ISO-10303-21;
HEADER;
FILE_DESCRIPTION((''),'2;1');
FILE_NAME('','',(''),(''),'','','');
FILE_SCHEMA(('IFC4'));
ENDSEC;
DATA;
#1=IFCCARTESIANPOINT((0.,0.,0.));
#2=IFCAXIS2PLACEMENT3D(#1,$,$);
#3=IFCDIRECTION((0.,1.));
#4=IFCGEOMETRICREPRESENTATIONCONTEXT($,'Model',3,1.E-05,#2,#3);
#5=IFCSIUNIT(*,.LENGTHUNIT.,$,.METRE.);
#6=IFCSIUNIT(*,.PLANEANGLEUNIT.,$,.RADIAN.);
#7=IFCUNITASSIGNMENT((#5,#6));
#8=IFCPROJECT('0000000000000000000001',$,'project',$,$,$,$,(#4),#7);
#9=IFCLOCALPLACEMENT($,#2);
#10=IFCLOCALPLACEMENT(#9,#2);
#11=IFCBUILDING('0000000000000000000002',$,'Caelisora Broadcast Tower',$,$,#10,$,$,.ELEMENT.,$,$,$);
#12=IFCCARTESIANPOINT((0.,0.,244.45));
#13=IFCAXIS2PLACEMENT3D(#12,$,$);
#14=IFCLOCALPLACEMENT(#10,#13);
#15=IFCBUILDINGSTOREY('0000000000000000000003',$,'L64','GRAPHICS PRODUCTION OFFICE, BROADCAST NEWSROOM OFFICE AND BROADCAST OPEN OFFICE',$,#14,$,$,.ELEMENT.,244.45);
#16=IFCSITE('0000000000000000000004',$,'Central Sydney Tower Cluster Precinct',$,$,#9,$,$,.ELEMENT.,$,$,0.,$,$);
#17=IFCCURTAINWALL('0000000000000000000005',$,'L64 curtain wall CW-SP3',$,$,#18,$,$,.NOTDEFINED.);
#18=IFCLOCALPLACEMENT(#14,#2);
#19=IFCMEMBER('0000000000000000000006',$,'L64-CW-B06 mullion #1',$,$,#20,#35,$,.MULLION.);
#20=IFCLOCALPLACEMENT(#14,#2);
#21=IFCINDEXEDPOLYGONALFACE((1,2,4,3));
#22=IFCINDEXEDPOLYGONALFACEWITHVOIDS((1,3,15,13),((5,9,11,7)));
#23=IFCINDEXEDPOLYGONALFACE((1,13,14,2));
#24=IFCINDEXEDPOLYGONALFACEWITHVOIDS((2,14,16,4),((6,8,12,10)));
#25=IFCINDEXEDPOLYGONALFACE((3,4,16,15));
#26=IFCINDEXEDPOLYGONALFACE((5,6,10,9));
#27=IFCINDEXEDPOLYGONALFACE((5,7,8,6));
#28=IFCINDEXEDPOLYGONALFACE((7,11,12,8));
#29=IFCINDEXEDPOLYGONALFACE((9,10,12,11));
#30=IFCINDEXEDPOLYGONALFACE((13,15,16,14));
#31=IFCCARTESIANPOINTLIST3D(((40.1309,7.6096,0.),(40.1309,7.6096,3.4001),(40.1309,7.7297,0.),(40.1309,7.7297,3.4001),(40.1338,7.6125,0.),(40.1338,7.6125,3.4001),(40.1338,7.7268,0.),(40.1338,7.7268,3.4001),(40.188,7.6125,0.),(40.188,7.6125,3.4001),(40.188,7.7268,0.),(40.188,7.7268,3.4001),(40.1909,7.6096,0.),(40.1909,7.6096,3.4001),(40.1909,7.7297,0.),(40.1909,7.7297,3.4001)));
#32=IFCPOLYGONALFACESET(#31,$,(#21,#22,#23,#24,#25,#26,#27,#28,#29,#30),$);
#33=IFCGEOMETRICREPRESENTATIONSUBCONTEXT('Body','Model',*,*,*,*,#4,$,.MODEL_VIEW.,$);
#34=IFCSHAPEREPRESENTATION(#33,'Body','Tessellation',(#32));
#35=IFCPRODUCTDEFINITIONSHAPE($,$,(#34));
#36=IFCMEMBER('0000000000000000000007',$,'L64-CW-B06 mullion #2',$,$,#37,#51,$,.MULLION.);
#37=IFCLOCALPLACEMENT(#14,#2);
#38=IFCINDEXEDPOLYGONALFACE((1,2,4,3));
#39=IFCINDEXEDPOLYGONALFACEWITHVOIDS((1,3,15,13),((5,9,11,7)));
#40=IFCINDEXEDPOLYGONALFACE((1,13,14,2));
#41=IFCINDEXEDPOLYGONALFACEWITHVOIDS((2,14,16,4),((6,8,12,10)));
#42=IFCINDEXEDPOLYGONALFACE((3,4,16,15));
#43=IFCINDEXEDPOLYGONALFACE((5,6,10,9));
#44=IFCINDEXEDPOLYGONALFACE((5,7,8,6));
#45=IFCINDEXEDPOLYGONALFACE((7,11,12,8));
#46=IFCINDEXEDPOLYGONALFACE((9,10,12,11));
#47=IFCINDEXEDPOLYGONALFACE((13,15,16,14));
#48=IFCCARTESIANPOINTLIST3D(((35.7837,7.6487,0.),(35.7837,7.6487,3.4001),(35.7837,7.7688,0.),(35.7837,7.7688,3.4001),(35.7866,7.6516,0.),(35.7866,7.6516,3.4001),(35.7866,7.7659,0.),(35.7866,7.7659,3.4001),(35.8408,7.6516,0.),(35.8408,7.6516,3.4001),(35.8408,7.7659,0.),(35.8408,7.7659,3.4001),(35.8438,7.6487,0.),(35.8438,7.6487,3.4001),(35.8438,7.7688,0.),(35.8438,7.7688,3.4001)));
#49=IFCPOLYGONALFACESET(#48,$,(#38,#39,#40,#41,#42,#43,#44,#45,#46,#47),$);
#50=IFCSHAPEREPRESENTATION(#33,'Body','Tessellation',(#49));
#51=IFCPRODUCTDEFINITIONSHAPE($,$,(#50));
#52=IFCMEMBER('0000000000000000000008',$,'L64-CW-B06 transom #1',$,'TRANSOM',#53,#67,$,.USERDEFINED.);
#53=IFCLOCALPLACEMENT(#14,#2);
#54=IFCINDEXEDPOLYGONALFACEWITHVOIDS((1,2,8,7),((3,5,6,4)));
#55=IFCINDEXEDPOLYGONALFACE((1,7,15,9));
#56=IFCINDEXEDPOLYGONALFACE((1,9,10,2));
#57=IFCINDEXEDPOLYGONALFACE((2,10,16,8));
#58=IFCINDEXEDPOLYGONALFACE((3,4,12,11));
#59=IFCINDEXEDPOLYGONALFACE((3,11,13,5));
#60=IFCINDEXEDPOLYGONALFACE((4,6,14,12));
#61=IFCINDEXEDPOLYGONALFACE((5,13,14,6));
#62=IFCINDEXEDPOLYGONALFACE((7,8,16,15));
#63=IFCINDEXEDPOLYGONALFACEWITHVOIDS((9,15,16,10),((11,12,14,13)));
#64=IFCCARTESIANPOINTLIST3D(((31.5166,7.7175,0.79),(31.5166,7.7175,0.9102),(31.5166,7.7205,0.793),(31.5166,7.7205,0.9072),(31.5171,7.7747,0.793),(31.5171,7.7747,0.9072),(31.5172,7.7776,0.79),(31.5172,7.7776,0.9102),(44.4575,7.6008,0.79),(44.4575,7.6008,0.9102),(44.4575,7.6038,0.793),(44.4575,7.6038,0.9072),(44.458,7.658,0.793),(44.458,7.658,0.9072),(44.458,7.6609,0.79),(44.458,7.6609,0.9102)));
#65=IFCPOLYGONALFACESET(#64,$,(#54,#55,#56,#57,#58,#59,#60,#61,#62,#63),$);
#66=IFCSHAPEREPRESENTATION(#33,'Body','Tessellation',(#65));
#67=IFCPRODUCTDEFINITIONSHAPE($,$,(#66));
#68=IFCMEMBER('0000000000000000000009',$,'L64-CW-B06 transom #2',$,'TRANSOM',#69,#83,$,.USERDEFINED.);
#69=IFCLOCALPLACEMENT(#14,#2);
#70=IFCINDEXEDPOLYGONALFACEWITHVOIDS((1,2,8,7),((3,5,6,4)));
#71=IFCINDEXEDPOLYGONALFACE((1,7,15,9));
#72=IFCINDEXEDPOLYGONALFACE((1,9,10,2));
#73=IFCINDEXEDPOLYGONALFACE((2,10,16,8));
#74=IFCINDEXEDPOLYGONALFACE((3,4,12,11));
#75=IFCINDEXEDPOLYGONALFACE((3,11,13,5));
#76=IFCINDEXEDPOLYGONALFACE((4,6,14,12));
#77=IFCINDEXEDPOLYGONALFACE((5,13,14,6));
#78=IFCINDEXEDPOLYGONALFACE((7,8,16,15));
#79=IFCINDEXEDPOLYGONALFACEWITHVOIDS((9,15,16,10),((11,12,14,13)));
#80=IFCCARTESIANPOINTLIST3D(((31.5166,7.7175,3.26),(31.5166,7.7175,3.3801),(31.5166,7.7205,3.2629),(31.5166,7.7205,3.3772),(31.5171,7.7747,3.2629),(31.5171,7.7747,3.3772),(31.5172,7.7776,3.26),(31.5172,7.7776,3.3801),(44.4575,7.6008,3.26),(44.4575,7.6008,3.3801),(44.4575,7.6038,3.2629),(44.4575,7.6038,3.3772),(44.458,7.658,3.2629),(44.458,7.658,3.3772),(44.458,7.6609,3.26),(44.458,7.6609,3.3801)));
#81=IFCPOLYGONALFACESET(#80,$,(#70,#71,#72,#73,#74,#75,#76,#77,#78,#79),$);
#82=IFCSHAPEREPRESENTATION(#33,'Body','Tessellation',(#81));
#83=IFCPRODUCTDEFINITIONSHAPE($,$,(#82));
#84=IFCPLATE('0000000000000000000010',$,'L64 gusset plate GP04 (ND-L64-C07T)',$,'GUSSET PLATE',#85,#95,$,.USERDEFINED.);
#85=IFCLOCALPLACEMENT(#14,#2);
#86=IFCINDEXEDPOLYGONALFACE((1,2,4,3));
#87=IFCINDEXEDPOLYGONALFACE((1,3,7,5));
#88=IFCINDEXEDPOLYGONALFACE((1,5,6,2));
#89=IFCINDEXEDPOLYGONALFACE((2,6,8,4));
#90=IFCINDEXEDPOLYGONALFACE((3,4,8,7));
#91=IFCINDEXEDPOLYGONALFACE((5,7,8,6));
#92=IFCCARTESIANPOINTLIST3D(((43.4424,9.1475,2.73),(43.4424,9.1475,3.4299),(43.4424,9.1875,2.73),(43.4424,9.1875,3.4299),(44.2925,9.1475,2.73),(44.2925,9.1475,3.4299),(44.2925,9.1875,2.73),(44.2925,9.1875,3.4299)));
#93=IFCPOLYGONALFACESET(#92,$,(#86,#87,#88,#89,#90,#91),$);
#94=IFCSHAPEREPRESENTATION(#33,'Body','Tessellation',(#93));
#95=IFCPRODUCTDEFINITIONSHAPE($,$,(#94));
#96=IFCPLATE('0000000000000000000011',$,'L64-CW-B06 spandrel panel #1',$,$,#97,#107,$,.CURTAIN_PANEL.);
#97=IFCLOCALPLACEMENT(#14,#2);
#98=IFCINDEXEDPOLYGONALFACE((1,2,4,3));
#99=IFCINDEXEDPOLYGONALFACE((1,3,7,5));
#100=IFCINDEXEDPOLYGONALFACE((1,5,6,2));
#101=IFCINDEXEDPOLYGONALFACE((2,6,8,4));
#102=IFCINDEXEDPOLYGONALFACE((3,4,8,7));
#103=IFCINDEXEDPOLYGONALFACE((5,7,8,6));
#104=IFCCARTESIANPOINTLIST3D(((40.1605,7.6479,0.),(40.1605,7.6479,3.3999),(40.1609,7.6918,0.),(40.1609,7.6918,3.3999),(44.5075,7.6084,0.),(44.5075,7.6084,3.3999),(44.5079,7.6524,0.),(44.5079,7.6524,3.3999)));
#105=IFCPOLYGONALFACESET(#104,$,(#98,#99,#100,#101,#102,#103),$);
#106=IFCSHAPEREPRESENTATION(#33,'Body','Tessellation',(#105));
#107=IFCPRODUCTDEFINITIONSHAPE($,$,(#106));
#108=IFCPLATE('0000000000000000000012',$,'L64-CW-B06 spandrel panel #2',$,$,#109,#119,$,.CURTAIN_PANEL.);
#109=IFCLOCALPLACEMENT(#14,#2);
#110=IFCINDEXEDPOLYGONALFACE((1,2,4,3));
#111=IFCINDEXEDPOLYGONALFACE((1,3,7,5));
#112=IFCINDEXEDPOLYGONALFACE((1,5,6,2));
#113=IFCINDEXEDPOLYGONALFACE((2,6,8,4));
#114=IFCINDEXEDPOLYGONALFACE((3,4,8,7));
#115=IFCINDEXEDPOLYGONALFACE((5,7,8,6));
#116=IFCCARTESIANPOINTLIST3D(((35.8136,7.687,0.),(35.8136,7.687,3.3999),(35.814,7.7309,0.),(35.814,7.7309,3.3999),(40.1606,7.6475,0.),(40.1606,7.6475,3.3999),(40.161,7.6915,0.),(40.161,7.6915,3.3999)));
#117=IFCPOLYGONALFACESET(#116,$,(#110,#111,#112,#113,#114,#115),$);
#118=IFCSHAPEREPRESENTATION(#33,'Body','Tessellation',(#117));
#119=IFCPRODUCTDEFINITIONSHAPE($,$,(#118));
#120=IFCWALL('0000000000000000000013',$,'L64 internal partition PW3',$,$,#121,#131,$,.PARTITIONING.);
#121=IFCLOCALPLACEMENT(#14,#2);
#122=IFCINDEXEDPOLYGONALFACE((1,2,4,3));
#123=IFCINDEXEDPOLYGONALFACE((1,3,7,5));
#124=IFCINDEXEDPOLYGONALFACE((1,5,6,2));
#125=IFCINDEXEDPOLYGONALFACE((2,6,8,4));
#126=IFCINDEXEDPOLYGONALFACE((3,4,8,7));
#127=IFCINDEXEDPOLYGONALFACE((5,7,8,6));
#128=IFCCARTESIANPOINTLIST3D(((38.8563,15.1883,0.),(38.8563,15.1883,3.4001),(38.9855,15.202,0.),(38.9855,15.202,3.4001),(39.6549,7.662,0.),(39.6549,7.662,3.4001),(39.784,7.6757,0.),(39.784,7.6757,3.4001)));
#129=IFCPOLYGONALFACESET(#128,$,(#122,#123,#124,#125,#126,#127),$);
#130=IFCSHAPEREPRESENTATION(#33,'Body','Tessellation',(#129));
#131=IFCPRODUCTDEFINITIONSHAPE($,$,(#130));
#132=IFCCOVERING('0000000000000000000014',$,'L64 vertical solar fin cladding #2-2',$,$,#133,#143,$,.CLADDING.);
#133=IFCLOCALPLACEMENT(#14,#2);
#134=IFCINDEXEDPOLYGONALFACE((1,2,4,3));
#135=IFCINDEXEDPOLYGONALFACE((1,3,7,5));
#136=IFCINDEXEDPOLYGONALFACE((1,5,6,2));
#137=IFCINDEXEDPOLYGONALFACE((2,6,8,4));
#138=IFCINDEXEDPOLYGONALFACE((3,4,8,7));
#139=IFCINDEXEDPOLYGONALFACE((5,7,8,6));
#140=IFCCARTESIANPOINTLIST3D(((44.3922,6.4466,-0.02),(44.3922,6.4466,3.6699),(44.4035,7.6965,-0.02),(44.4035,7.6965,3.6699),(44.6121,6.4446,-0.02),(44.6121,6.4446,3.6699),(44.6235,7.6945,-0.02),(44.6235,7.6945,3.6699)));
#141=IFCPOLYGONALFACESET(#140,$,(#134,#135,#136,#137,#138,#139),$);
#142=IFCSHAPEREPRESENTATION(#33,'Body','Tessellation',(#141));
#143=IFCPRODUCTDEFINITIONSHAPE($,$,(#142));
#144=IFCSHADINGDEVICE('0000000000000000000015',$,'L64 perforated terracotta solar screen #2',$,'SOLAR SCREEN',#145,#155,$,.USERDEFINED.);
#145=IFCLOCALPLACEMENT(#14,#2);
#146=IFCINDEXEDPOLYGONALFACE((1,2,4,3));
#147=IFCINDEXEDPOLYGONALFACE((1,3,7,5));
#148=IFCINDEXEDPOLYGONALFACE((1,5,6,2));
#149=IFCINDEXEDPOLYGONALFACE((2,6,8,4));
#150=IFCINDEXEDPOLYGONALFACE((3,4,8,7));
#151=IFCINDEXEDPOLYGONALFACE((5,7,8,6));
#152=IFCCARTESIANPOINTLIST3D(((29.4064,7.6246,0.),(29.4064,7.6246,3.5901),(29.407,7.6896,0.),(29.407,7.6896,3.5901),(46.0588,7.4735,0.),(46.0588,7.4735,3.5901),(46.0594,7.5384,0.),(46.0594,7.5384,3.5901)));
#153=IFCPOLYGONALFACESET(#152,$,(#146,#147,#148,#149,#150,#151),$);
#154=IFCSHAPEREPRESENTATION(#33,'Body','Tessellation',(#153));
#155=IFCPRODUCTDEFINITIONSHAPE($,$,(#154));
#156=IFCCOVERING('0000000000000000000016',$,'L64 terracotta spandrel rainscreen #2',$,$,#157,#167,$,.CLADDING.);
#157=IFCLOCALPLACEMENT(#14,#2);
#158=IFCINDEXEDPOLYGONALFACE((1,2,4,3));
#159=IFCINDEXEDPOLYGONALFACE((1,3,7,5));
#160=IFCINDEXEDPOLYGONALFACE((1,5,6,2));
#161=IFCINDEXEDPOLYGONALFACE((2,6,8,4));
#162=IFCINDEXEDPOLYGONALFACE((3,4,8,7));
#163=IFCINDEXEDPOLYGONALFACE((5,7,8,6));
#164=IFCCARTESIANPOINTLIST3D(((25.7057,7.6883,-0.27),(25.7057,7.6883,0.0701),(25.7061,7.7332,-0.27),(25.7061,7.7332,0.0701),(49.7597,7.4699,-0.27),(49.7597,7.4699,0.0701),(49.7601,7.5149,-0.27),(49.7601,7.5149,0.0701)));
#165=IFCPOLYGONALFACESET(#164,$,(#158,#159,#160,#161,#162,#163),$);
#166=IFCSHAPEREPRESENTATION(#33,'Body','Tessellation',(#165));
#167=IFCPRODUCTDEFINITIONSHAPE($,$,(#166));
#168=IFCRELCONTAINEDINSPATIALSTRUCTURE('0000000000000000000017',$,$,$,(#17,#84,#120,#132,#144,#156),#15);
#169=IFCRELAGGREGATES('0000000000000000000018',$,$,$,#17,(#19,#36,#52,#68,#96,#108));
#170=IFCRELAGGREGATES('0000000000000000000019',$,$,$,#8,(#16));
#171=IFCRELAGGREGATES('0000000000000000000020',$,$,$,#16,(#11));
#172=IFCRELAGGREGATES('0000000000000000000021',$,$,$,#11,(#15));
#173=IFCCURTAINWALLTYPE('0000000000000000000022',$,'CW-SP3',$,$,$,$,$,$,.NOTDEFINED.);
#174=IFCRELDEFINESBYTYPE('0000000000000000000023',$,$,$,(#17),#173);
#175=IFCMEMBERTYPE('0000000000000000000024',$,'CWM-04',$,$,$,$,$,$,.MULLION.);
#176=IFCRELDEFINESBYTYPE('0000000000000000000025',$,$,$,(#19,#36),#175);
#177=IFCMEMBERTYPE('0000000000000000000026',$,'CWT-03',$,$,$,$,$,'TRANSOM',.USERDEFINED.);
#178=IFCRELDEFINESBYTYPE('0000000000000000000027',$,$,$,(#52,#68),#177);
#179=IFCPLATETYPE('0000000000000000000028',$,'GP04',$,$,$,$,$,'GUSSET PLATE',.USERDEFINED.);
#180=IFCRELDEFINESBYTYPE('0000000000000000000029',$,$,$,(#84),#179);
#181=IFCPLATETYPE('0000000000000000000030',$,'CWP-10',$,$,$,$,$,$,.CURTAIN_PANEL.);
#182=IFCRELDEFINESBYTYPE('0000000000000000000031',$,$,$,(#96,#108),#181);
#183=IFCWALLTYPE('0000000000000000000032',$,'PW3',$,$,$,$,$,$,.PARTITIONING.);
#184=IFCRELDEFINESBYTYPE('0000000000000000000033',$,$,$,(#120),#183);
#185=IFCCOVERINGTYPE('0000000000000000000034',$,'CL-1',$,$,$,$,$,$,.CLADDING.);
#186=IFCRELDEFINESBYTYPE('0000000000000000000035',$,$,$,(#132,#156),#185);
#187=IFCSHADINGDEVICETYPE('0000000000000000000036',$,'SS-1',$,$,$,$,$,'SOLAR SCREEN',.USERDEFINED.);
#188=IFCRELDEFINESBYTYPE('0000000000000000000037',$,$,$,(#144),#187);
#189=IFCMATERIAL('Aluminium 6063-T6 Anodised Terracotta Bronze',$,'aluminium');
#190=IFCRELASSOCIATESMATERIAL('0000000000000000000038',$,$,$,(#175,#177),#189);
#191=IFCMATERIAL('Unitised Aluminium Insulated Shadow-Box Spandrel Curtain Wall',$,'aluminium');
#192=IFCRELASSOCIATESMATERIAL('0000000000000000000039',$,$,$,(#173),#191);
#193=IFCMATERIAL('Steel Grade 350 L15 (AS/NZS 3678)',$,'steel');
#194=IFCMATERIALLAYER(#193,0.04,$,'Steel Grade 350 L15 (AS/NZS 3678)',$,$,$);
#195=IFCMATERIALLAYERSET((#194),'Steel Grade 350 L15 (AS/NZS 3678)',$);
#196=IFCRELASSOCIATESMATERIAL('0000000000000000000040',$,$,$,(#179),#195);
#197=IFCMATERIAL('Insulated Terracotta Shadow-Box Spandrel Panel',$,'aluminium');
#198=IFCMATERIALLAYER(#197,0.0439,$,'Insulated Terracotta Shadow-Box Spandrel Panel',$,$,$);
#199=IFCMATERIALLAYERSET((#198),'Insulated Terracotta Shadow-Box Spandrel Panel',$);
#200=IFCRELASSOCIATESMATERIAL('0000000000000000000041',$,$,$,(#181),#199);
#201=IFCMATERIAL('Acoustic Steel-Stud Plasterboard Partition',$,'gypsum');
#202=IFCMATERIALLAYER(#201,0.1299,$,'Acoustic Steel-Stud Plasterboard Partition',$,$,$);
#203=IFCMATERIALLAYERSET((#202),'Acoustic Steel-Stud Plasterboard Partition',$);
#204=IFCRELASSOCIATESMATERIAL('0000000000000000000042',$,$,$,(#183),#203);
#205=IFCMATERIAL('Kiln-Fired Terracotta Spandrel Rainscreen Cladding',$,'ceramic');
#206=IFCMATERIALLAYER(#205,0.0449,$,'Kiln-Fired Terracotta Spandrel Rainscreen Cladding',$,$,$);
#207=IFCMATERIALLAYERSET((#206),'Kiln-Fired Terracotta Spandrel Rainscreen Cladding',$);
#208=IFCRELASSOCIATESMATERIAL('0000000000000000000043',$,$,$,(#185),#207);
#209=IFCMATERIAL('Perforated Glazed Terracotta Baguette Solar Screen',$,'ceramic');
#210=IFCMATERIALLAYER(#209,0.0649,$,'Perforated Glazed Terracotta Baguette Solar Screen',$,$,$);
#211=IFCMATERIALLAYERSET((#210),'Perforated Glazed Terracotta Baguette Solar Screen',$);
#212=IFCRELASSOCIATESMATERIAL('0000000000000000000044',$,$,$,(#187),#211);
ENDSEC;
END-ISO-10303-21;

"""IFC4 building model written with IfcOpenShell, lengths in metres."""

from ifc_helpers import new_model, si_unit, direction, frame, frame_2d, origin, origin_2d, place, context, subcontext, project, spatial, rectangle, hollow_rectangle, extrude, source, transform, mapped, material, layer, layer_set, material_profile, profile_set, type_object, type_shapes, element, aggregate, save


model = new_model("IFC4")

# Units and contexts
model_context = context("Model", 3, precision=1e-05, world=origin(), true_north=direction((0.0, 1.0)))
body_context = subcontext(model_context, "Body", "Model", "MODEL_VIEW")
ifc_project = project(units=[si_unit("LENGTHUNIT", "METRE"), si_unit("PLANEANGLEUNIT", "RADIAN")], contexts=[model_context])

# Site, building, storey
site_placement = place(None, origin())
site = spatial("IfcSite", under=ifc_project, at=site_placement, Name="Central Sydney Tower Cluster Precinct", CompositionType="ELEMENT", RefElevation=0.0)
building_placement = place(site_placement, origin())
building = spatial("IfcBuilding", under=site, at=building_placement, Name="Caelisora Broadcast Tower", CompositionType="ELEMENT")
storey_placement = place(building_placement, frame((0.0, 0.0, 244.45)))
storey = spatial("IfcBuildingStorey", under=building, at=storey_placement, Name="L64", Description="GRAPHICS PRODUCTION OFFICE, BROADCAST NEWSROOM OFFICE AND BROADCAST OPEN OFFICE", CompositionType="ELEMENT", Elevation=244.45)

# Shared definitions
ifc_material_1 = material(Name="Steel Grade 350 L15 (AS/NZS 3678)", Category="steel")

# Shared definitions
ifc_material_2 = material(Name="Aluminium 6063-T6 Anodised Terracotta Bronze", Category="aluminium")
ifc_material_profile_1 = material_profile(ifc_material_2, hollow_rectangle(XDim=0.0601, YDim=0.1201, WallThickness=0.0029, at=origin_2d()), Name="Aluminium 6063-T6 Anodised Terracotta Bronze")
ifc_profile_set_1 = profile_set([ifc_material_profile_1], Name="Aluminium 6063-T6 Anodised Terracotta Bronze")
member_type_1 = type_object("IfcMemberType", Name="CWM-04", PredefinedType="MULLION", material=ifc_profile_set_1)
shared_shape_1 = source(origin(), body_context, "Body", "SweptSolid", [
    extrude(hollow_rectangle(XDim=0.0601, YDim=0.1201, WallThickness=0.0029, at=origin_2d()), origin(), (0.0, 0.0, 1.0), 3.4001),
])
type_shapes(member_type_1, [shared_shape_1])

# Curtain wall, members
ifc_material_3 = material(Name="Unitised Aluminium Insulated Shadow-Box Spandrel Curtain Wall", Category="aluminium")
curtain_wall_type_1 = type_object("IfcCurtainWallType", Name="CW-SP3", PredefinedType="NOTDEFINED", material=ifc_material_3)
curtain_wall_1_placement = place(storey_placement, origin())
curtain_wall_1 = element("IfcCurtainWall", 1, at=curtain_wall_1_placement, inside=storey, type_object=curtain_wall_type_1, Name="L64 curtain wall CW-SP3", PredefinedType="NOTDEFINED")
member_1_placement = place(storey_placement, frame((40.1609, 7.6697, 0.0), z_axis=(0.0, 0.0, 1.0), x_axis=(1.0, 0.0, 0.0)))
member_1 = element("IfcMember", 2, at=member_1_placement, type_object=member_type_1, Name="L64-CW-B06 mullion #1", PredefinedType="MULLION", context=body_context, shape_type="MappedRepresentation", body=[
    mapped(shared_shape_1, transform((0.0, 0.0, 0.0), scale=1.0)),
])
member_2_placement = place(storey_placement, frame((35.8137, 7.7087, 0.0), z_axis=(0.0, 0.0, 1.0), x_axis=(1.0, 0.0, 0.0)))
member_2 = element("IfcMember", 3, at=member_2_placement, type_object=member_type_1, Name="L64-CW-B06 mullion #2", PredefinedType="MULLION", context=body_context, shape_type="MappedRepresentation", body=[
    mapped(shared_shape_1, transform((0.0, 0.0, 0.0), scale=1.0)),
])
ifc_material_profile_2 = material_profile(ifc_material_2, hollow_rectangle(XDim=0.0601, YDim=0.1201, WallThickness=0.0029, at=origin_2d()), Name="Aluminium 6063-T6 Anodised Terracotta Bronze")
ifc_profile_set_2 = profile_set([ifc_material_profile_2], Name="Aluminium 6063-T6 Anodised Terracotta Bronze")
member_type_2 = type_object("IfcMemberType", Name="CWT-03", ElementType="TRANSOM", PredefinedType="USERDEFINED", material=ifc_profile_set_2)
shared_shape_2 = source(origin(), body_context, "Body", "SweptSolid", [
    extrude(hollow_rectangle(XDim=0.0601, YDim=0.1201, WallThickness=0.0029, at=origin_2d()), origin(), (0.0, 0.0, 1.0), 12.9414),
])
type_shapes(member_type_2, [shared_shape_2])
member_3_placement = place(storey_placement, frame((44.4578, 7.6309, 0.8501), z_axis=(-0.999959, 0.009017, 0.0), x_axis=(-0.009017, -0.999959, 0.0)))
member_3 = element("IfcMember", 4, at=member_3_placement, type_object=member_type_2, Name="L64-CW-B06 transom #1", ObjectType="TRANSOM", PredefinedType="USERDEFINED", context=body_context, shape_type="MappedRepresentation", body=[
    mapped(shared_shape_2, transform((0.0, 0.0, 0.0), scale=1.0)),
])
member_4_placement = place(storey_placement, frame((44.4578, 7.6309, 3.3201), z_axis=(-0.999959, 0.009017, 0.0), x_axis=(-0.009017, -0.999959, 0.0)))
member_4 = element("IfcMember", 5, at=member_4_placement, type_object=member_type_2, Name="L64-CW-B06 transom #2", ObjectType="TRANSOM", PredefinedType="USERDEFINED", context=body_context, shape_type="MappedRepresentation", body=[
    mapped(shared_shape_2, transform((0.0, 0.0, 0.0), scale=1.0)),
])

# Plates
ifc_layer_1 = layer(ifc_material_1, 0.04, Name="Steel Grade 350 L15 (AS/NZS 3678)")
ifc_layer_set_1 = layer_set([ifc_layer_1], Name="Steel Grade 350 L15 (AS/NZS 3678)")
plate_type_1 = type_object("IfcPlateType", Name="GP04", ElementType="GUSSET PLATE", PredefinedType="USERDEFINED", material=ifc_layer_set_1)
shared_shape_3 = source(origin(), body_context, "Body", "SweptSolid", [
    extrude(rectangle(XDim=0.8501, YDim=0.04, at=origin_2d()), origin(), (0.0, 0.0, 1.0), 0.7),
])
type_shapes(plate_type_1, [shared_shape_3])
plate_1_placement = place(storey_placement, frame((43.8674, 9.1675, 2.73), z_axis=(0.0, 0.0, 1.0), x_axis=(1.0, 0.0, 0.0)))
element("IfcPlate", 6, at=plate_1_placement, inside=storey, type_object=plate_type_1, Name="L64 gusset plate GP04 (ND-L64-C07T)", ObjectType="GUSSET PLATE", PredefinedType="USERDEFINED", context=body_context, shape_type="MappedRepresentation", body=[
    mapped(shared_shape_3, transform((0.0, 0.0, 0.0), scale=1.0)),
])
ifc_material_4 = material(Name="Insulated Terracotta Shadow-Box Spandrel Panel", Category="aluminium")
ifc_layer_2 = layer(ifc_material_4, 0.0439, Name="Insulated Terracotta Shadow-Box Spandrel Panel")
ifc_layer_set_2 = layer_set([ifc_layer_2], Name="Insulated Terracotta Shadow-Box Spandrel Panel")
plate_type_2 = type_object("IfcPlateType", Name="CWP-10", PredefinedType="CURTAIN_PANEL", material=ifc_layer_set_2)
shared_shape_4 = source(origin(), body_context, "Body", "SweptSolid", [
    extrude(rectangle(XDim=4.3472, YDim=0.0439, at=origin_2d()), origin(), (0.0, 0.0, 1.0), 3.3999),
])
type_shapes(plate_type_2, [shared_shape_4])
plate_2_placement = place(storey_placement, frame((42.3342, 7.6501, 0.0), z_axis=(0.0, 0.0, 1.0), x_axis=(-0.999959, 0.009076, 0.0)))
plate_2 = element("IfcPlate", 7, at=plate_2_placement, type_object=plate_type_2, Name="L64-CW-B06 spandrel panel #1", PredefinedType="CURTAIN_PANEL", context=body_context, shape_type="MappedRepresentation", body=[
    mapped(shared_shape_4, transform((0.0, 0.0, 0.0), scale=1.0)),
])
plate_3_placement = place(storey_placement, frame((37.9873, 7.6892, 0.0), z_axis=(0.0, 0.0, 1.0), x_axis=(-0.999959, 0.009076, 0.0)))
plate_3 = element("IfcPlate", 8, at=plate_3_placement, type_object=plate_type_2, Name="L64-CW-B06 spandrel panel #2", PredefinedType="CURTAIN_PANEL", context=body_context, shape_type="MappedRepresentation", body=[
    mapped(shared_shape_4, transform((0.0, 0.0, 0.0), scale=1.0)),
])
aggregate(curtain_wall_1, [member_1, member_2, member_3, member_4, plate_2, plate_3])

# Wall
ifc_material_5 = material(Name="Acoustic Steel-Stud Plasterboard Partition", Category="gypsum")
ifc_layer_3 = layer(ifc_material_5, 0.1299, Name="Acoustic Steel-Stud Plasterboard Partition")
ifc_layer_set_3 = layer_set([ifc_layer_3], Name="Acoustic Steel-Stud Plasterboard Partition")
wall_type = type_object("IfcWallType", Name="PW3", PredefinedType="PARTITIONING", material=ifc_layer_set_3)
wall_placement = place(storey_placement, frame((38.9209, 15.1951, 0.0), z_axis=(0.0, 0.0, 1.0), x_axis=(0.105513, -0.994418, 0.0)))
element("IfcWall", 9, at=wall_placement, inside=storey, type_object=wall_type, Name="L64 internal partition PW3", PredefinedType="PARTITIONING", context=body_context, shape_type="SweptSolid", body=[
    extrude(rectangle(XDim=7.5686, YDim=0.1299, at=frame_2d((3.7842, 0.0))), origin(), (0.0, 0.0, 1.0), 3.4001),
])

# Covering
ifc_material_6 = material(Name="Kiln-Fired Terracotta Spandrel Rainscreen Cladding", Category="ceramic")
ifc_layer_4 = layer(ifc_material_6, 0.0449, Name="Kiln-Fired Terracotta Spandrel Rainscreen Cladding")
ifc_layer_set_4 = layer_set([ifc_layer_4], Name="Kiln-Fired Terracotta Spandrel Rainscreen Cladding")
covering_type = type_object("IfcCoveringType", Name="CL-1", PredefinedType="CLADDING", material=ifc_layer_set_4)
shared_shape_5 = source(origin(), body_context, "Body", "SweptSolid", [
    extrude(rectangle(XDim=0.22, YDim=1.25, at=origin_2d()), origin(), (0.0, 0.0, 1.0), 3.6899),
])
covering_1_placement = place(storey_placement, frame((44.5078, 7.0706, -0.02), z_axis=(0.0, 0.0, 1.0), x_axis=(-0.999959, 0.009076, 0.0)))
element("IfcCovering", 10, at=covering_1_placement, inside=storey, type_object=covering_type, Name="L64 vertical solar fin cladding #2-2", PredefinedType="CLADDING", context=body_context, shape_type="MappedRepresentation", body=[
    mapped(shared_shape_5, transform((0.0, 0.0, 0.0), scale=1.0)),
])

# Shading device
ifc_material_7 = material(Name="Perforated Glazed Terracotta Baguette Solar Screen", Category="ceramic")
ifc_layer_5 = layer(ifc_material_7, 0.0649, Name="Perforated Glazed Terracotta Baguette Solar Screen")
ifc_layer_set_5 = layer_set([ifc_layer_5], Name="Perforated Glazed Terracotta Baguette Solar Screen")
shading_device_type = type_object("IfcShadingDeviceType", Name="SS-1", ElementType="SOLAR SCREEN", PredefinedType="USERDEFINED", material=ifc_layer_set_5)
shared_shape_6 = source(origin(), body_context, "Body", "SweptSolid", [
    extrude(rectangle(XDim=16.6531, YDim=0.0649, at=origin_2d()), origin(), (0.0, 0.0, 1.0), 3.5901),
])
type_shapes(shading_device_type, [shared_shape_6])
shading_device_placement = place(storey_placement, frame((37.7329, 7.5815, 0.0), z_axis=(0.0, 0.0, 1.0), x_axis=(0.999959, -0.009076, 0.0)))
element("IfcShadingDevice", 11, at=shading_device_placement, inside=storey, type_object=shading_device_type, Name="L64 perforated terracotta solar screen #2", ObjectType="SOLAR SCREEN", PredefinedType="USERDEFINED", context=body_context, shape_type="MappedRepresentation", body=[
    mapped(shared_shape_6, transform((0.0, 0.0, 0.0), scale=1.0)),
])

# Covering
shared_shape_7 = source(origin(), body_context, "Body", "SweptSolid", [
    extrude(rectangle(XDim=24.0549, YDim=0.0449, at=origin_2d()), origin(), (0.0, 0.0, 1.0), 0.3401),
])
type_shapes(covering_type, [shared_shape_5, shared_shape_7])
covering_2_placement = place(storey_placement, frame((37.7329, 7.6016, -0.27), z_axis=(0.0, 0.0, 1.0), x_axis=(0.999959, -0.009076, 0.0)))
element("IfcCovering", 12, at=covering_2_placement, inside=storey, type_object=covering_type, Name="L64 terracotta spandrel rainscreen #2", PredefinedType="CLADDING", context=body_context, shape_type="MappedRepresentation", body=[
    mapped(shared_shape_7, transform((0.0, 0.0, 0.0), scale=1.0)),
])

save(model, "model.ifc")
